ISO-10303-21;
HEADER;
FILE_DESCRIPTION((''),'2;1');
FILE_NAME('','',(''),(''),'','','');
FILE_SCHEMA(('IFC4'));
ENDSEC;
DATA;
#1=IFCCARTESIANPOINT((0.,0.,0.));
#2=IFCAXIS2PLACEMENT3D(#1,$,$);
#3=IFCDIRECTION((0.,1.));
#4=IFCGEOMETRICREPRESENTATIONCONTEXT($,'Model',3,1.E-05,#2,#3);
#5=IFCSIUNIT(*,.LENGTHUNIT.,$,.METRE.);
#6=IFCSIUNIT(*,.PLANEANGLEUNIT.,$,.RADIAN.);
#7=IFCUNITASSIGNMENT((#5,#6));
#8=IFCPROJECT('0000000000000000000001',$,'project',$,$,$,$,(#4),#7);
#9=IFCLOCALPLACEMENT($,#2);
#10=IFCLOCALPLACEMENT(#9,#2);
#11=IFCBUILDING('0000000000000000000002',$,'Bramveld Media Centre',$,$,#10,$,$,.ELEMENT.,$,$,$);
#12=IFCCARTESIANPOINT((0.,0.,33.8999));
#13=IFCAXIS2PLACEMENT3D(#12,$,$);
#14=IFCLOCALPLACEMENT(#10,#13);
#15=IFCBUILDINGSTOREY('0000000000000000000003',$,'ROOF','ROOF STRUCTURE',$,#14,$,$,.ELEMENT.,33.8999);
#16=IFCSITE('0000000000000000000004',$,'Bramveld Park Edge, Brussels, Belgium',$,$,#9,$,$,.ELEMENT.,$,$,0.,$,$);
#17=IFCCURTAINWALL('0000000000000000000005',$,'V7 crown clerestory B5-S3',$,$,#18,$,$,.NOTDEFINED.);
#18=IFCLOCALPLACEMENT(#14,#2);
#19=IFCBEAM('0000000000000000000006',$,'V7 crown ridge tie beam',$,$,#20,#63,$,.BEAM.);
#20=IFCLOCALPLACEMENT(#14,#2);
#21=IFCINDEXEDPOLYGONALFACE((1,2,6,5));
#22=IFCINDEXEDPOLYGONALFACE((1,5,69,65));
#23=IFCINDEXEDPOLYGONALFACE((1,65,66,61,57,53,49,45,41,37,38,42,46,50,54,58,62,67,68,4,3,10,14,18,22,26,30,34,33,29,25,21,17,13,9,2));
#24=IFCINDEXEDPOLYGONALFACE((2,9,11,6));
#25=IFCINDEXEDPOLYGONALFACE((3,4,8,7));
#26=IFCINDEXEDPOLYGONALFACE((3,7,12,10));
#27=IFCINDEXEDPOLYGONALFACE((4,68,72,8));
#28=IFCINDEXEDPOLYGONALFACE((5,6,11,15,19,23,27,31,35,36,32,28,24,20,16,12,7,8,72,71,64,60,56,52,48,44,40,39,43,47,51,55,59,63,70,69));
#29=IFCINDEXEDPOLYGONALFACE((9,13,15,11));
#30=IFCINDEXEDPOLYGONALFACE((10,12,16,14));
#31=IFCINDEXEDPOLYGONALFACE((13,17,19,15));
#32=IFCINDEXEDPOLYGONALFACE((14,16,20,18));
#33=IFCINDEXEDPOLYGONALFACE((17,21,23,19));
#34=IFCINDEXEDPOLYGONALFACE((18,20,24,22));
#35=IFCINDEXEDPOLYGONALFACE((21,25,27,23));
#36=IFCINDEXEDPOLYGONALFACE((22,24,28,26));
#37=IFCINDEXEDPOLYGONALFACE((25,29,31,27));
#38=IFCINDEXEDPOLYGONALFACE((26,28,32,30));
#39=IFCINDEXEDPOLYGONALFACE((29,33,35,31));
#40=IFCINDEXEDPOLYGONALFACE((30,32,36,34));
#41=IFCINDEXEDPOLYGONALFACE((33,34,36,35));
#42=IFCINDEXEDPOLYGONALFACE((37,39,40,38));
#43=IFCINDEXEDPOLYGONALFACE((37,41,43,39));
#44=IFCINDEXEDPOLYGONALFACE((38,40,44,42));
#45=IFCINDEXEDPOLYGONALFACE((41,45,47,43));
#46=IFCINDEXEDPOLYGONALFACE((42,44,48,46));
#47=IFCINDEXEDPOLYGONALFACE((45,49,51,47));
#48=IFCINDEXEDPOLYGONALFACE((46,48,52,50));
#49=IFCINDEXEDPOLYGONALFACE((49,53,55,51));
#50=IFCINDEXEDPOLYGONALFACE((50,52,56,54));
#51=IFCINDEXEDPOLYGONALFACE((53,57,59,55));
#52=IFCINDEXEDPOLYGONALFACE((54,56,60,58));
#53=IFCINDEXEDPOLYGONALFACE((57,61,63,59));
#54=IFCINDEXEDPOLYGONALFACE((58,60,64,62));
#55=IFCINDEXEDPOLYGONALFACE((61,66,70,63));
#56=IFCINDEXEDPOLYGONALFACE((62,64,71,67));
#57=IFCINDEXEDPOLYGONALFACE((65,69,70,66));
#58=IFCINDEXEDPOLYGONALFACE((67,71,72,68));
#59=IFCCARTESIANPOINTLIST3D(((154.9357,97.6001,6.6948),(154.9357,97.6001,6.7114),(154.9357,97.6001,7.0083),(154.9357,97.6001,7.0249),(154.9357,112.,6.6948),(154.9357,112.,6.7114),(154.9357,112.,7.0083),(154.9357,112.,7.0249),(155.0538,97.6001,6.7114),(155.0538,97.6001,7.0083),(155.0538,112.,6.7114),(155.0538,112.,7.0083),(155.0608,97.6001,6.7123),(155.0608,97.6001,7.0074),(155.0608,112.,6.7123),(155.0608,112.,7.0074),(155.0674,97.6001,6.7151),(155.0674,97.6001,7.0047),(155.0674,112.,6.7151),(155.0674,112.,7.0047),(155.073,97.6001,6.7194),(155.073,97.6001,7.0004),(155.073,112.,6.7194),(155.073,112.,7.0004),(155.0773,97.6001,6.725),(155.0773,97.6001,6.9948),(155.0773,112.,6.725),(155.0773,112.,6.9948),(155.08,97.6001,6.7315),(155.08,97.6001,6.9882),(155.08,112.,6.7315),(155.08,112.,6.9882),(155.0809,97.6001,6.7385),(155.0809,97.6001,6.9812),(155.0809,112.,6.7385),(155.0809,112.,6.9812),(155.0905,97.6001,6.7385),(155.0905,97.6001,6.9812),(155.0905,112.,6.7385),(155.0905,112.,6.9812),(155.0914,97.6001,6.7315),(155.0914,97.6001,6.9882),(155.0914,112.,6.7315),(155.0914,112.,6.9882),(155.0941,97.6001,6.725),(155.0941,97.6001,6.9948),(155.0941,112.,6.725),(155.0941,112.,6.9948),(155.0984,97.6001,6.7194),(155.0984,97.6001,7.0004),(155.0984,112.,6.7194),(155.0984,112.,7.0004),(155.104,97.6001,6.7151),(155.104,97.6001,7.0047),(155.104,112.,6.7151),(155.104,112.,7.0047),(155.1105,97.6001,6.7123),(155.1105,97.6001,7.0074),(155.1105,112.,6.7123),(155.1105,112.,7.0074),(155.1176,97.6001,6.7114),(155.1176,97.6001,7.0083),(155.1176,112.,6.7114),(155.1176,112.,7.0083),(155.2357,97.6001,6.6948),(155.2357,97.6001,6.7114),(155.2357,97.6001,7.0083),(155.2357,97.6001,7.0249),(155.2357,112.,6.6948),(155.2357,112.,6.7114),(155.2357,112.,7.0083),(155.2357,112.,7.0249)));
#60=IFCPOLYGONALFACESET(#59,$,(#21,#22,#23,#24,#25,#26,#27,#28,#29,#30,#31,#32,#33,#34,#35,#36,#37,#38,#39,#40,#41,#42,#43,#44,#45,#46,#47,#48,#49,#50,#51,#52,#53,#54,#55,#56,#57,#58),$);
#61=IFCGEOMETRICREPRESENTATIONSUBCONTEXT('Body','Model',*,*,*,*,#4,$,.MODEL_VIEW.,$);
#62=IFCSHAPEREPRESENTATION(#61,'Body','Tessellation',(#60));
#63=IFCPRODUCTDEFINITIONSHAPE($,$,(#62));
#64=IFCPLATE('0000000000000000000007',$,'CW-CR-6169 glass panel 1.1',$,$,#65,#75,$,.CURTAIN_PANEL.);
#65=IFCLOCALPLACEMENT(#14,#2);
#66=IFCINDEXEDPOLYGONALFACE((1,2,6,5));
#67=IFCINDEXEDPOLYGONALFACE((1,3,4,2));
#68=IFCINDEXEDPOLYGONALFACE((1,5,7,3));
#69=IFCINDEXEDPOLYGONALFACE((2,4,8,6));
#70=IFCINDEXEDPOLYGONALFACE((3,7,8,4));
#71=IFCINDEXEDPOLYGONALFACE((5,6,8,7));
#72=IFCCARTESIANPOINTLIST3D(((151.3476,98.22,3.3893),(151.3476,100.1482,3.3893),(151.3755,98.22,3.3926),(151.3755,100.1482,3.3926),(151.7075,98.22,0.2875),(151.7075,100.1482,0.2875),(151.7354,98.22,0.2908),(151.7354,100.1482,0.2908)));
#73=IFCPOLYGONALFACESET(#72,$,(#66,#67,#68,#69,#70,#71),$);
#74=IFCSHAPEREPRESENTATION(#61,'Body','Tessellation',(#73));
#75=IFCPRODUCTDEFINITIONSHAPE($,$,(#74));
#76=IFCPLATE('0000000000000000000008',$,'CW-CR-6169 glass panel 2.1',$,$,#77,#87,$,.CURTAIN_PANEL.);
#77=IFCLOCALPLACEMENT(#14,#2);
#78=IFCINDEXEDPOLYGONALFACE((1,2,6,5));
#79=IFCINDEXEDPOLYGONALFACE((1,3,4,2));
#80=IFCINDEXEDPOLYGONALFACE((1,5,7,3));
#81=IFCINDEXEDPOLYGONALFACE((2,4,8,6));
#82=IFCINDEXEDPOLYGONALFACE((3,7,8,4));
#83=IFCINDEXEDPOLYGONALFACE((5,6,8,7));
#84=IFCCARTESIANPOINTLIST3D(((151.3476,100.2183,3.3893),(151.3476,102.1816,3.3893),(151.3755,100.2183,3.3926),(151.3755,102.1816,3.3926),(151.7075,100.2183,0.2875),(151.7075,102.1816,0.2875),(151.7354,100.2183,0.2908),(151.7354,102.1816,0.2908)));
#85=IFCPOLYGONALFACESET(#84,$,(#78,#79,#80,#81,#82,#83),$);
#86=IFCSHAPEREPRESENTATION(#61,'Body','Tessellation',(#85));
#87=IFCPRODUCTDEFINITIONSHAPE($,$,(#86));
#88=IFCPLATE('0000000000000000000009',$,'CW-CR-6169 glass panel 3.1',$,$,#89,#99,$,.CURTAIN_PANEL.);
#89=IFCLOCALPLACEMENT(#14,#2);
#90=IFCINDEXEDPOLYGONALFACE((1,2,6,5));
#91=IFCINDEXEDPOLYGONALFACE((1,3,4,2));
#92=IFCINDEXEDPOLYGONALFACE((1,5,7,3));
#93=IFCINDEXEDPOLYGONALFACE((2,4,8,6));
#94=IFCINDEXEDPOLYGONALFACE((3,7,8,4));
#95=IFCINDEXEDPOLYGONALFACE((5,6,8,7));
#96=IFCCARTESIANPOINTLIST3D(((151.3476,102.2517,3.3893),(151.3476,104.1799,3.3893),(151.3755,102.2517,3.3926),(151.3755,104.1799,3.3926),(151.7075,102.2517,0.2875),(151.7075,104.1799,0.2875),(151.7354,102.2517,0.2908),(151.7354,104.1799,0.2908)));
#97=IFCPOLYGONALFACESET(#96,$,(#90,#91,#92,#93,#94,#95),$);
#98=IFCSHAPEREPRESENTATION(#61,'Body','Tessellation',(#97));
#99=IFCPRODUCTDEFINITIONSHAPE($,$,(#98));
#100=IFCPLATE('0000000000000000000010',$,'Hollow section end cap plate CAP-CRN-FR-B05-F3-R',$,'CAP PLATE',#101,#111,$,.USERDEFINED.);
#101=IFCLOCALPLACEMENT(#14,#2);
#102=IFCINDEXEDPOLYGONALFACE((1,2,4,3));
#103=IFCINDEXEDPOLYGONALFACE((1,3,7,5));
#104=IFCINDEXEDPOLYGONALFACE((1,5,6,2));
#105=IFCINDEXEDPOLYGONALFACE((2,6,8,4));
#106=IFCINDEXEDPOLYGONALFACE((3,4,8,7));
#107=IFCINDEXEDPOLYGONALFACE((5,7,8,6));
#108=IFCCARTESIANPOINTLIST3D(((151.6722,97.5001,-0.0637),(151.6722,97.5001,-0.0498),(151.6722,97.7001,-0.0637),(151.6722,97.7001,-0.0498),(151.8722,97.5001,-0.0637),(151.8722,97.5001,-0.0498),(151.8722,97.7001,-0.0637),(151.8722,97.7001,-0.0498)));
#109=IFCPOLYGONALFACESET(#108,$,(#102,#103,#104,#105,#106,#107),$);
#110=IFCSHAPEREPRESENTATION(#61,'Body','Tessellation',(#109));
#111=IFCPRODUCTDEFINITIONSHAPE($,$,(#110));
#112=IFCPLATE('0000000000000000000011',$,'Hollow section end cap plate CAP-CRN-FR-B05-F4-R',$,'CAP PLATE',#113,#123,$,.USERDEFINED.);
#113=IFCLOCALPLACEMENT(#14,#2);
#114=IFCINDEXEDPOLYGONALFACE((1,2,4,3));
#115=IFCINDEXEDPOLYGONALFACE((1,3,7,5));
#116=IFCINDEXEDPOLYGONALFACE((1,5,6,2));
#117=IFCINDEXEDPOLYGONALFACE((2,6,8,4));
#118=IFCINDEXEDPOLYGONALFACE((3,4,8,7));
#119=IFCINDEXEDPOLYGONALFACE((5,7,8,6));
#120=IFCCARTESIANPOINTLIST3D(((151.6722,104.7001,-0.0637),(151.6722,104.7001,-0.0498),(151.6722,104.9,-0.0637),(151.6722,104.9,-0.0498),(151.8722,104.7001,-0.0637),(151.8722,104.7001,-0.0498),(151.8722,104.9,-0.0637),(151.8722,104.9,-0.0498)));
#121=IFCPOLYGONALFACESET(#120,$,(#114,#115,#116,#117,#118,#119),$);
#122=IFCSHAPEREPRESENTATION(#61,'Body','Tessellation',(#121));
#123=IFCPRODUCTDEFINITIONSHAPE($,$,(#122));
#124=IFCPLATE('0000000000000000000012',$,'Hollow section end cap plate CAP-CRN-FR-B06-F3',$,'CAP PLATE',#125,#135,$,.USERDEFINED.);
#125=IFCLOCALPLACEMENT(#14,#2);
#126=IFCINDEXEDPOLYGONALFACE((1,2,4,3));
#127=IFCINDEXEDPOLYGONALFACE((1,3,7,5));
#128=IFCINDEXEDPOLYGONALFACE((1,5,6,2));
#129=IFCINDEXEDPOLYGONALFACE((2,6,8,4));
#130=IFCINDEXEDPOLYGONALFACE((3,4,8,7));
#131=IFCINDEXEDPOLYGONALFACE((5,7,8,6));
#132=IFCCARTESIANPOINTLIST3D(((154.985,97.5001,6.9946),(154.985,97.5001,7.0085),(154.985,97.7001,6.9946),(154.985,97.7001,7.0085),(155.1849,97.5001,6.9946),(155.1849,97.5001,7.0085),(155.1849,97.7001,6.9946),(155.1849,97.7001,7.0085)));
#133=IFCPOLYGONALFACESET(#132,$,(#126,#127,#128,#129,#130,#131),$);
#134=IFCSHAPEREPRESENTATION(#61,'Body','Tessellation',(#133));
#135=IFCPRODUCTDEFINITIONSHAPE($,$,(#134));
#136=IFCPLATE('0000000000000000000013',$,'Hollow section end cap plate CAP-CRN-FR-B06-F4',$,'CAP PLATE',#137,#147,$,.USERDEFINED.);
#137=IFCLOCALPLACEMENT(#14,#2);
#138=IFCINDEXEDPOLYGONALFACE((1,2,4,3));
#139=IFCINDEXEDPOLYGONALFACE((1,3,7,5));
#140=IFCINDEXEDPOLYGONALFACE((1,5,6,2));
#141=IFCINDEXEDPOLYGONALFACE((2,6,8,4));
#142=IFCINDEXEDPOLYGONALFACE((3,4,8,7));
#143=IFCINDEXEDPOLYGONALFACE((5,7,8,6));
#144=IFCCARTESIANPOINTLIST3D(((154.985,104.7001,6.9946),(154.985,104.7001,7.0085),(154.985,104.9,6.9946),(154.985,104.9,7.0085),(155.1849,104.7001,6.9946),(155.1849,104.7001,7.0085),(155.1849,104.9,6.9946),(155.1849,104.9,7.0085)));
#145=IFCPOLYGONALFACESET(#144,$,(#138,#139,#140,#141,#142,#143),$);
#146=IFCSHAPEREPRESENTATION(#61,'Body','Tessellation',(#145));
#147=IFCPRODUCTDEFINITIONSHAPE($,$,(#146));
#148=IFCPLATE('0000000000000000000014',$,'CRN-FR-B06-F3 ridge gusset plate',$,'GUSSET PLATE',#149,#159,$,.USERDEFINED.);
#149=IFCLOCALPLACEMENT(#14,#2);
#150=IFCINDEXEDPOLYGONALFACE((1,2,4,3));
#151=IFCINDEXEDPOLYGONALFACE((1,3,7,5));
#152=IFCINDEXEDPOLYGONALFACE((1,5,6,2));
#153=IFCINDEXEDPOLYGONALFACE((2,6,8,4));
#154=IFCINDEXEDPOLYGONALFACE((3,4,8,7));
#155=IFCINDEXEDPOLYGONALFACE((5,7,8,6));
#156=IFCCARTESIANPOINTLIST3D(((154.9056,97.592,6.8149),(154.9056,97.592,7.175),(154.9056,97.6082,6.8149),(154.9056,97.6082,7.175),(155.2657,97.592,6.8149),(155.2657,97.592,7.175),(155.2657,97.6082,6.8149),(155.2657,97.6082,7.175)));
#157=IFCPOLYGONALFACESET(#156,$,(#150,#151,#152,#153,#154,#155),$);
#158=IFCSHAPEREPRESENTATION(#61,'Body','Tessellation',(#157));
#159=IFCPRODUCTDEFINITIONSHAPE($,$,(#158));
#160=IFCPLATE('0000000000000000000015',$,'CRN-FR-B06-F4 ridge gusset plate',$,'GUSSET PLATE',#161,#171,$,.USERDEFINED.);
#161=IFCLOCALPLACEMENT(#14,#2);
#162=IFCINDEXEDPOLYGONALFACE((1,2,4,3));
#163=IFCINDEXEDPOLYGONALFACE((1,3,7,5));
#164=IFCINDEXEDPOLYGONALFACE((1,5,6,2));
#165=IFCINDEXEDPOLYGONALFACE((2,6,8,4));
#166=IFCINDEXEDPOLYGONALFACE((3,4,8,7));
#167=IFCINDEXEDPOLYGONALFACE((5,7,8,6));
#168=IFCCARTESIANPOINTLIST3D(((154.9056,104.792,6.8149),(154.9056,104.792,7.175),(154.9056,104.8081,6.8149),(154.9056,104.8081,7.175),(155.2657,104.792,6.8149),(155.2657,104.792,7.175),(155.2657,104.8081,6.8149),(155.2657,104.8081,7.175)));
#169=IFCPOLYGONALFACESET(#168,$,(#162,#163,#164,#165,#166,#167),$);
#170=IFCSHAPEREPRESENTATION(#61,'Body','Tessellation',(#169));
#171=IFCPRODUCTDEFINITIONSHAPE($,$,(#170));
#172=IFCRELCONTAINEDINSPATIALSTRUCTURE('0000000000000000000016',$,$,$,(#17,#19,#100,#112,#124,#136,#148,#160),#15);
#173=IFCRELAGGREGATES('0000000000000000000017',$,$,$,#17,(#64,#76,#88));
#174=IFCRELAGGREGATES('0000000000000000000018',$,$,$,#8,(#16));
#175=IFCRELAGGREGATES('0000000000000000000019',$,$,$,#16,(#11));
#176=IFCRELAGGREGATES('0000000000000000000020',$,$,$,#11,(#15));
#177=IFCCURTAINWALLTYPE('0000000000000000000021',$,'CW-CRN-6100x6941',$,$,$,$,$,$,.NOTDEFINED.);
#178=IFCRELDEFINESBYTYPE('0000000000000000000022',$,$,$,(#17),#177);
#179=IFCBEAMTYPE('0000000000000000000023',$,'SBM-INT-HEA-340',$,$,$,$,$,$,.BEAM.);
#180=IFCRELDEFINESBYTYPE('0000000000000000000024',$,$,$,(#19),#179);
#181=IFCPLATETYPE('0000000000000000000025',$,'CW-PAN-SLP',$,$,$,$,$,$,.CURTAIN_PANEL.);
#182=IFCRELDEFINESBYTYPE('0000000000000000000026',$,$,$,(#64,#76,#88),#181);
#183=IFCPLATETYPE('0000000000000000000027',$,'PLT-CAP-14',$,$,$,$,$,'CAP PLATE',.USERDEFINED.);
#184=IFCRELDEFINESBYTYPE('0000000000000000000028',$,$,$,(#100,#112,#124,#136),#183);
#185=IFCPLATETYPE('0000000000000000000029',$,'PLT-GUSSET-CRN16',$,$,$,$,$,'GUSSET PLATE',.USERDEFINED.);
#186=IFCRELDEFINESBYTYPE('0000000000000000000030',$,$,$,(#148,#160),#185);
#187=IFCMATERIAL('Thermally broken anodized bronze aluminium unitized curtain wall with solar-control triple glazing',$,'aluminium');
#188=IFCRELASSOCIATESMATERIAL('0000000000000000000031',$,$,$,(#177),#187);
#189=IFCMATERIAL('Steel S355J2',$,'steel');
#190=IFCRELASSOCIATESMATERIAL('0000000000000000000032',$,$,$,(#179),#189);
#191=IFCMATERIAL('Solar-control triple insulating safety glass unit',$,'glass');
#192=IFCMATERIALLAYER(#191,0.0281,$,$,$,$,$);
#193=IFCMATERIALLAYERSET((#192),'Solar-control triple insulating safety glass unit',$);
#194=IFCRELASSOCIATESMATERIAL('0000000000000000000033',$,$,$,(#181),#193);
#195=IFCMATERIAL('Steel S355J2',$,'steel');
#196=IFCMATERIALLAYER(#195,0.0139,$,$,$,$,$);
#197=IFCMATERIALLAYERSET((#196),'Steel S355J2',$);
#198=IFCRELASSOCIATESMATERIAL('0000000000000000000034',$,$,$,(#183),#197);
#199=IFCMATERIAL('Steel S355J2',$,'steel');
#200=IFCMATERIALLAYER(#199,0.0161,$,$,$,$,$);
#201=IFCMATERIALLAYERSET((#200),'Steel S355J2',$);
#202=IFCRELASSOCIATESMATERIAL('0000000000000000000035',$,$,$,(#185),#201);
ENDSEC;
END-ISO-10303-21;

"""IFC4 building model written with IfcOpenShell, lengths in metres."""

from ifc_helpers import new_model, si_unit, direction, frame, origin, origin_2d, place, context, subcontext, project, spatial, polyline, rectangle, i_section, outline, extrude, material, layer, layer_set, material_profile, profile_set, type_object, element, aggregate, save


model = new_model("IFC4")

# Units and contexts
model_context = context("Model", 3, precision=1e-05, world=origin(), true_north=direction((0.0, 1.0)))
body_context = subcontext(model_context, "Body", "Model", "MODEL_VIEW")
ifc_project = project(units=[si_unit("LENGTHUNIT", "METRE"), si_unit("PLANEANGLEUNIT", "RADIAN")], contexts=[model_context])

# Site, building, storey
site_placement = place(None, origin())
site = spatial("IfcSite", under=ifc_project, at=site_placement, Name="Bramveld Park Edge, Brussels, Belgium", CompositionType="ELEMENT", RefElevation=0.0)
building_placement = place(site_placement, origin())
building = spatial("IfcBuilding", under=site, at=building_placement, Name="Bramveld Media Centre", CompositionType="ELEMENT")
storey_placement = place(building_placement, frame((0.0, 0.0, 33.8999)))
storey = spatial("IfcBuildingStorey", under=building, at=storey_placement, Name="ROOF", Description="ROOF STRUCTURE", CompositionType="ELEMENT", Elevation=33.8999)

# Curtain wall
ifc_material_1 = material(Name="Thermally broken anodized bronze aluminium unitized curtain wall with solar-control triple glazing", Category="aluminium")
curtain_wall_type = type_object("IfcCurtainWallType", Name="CW-CRN-6100x6941", PredefinedType="NOTDEFINED", material=ifc_material_1)
curtain_wall_placement = place(storey_placement, origin())
curtain_wall = element("IfcCurtainWall", 1, at=curtain_wall_placement, inside=storey, type_object=curtain_wall_type, Name="V7 crown clerestory B5-S3", PredefinedType="NOTDEFINED")

# Beam
ifc_material_2 = material(Name="Steel S355J2", Category="steel")
ifc_material_profile_1 = material_profile(ifc_material_2, i_section(OverallWidth=0.3, OverallDepth=0.3301, WebThickness=0.0095, FlangeThickness=0.0166, FilletRadius=0.0271, at=origin_2d()), Name="HEA 340")
ifc_profile_set_1 = profile_set([ifc_material_profile_1], Name="Steel S355J2")
beam_type = type_object("IfcBeamType", Name="SBM-INT-HEA-340", PredefinedType="BEAM", material=ifc_profile_set_1)
beam_placement = place(storey_placement, frame((155.0857, 97.6001, 6.8599), z_axis=(0.0, 1.0, 0.0), x_axis=(-1.0, 0.0, 0.0)))
element("IfcBeam", 2, at=beam_placement, inside=storey, type_object=beam_type, Name="V7 crown ridge tie beam", PredefinedType="BEAM", context=body_context, shape_type="SweptSolid", body=[
    extrude(i_section(OverallWidth=0.3, OverallDepth=0.3301, WebThickness=0.0095, FlangeThickness=0.0166, FilletRadius=0.0271, at=origin_2d()), origin(), (0.0, 0.0, 1.0), 14.3999),
])

# Plates
ifc_material_3 = material(Name="Solar-control triple insulating safety glass unit", Category="glass")
ifc_layer_1 = layer(ifc_material_3, 0.0281)
ifc_layer_set_1 = layer_set([ifc_layer_1], Name="Solar-control triple insulating safety glass unit")
plate_type_1 = type_object("IfcPlateType", Name="CW-PAN-SLP", PredefinedType="CURTAIN_PANEL", material=ifc_layer_set_1)
plate_1_placement = place(storey_placement, frame((151.7354, 98.22, 0.2908), z_axis=(0.993337, 0.0, 0.115244), x_axis=(0.0, 1.0, 0.0)))
plate_1 = element("IfcPlate", 3, at=plate_1_placement, type_object=plate_type_1, Name="CW-CR-6169 glass panel 1.1", PredefinedType="CURTAIN_PANEL", context=body_context, shape_type="SweptSolid", body=[
    extrude(outline(polyline([(0.0, 0.0), (1.9282, 0.0), (1.9282, 3.1226), (0.0, 3.1226), (0.0, 0.0)])), origin(), (0.0, 0.0, -1.0), 0.0281),
])
plate_2_placement = place(storey_placement, frame((151.7354, 100.2183, 0.2908), z_axis=(0.993337, 0.0, 0.115244), x_axis=(0.0, 1.0, 0.0)))
plate_2 = element("IfcPlate", 4, at=plate_2_placement, type_object=plate_type_1, Name="CW-CR-6169 glass panel 2.1", PredefinedType="CURTAIN_PANEL", context=body_context, shape_type="SweptSolid", body=[
    extrude(outline(polyline([(0.0, 0.0), (1.9634, 0.0), (1.9634, 3.1226), (0.0, 3.1226), (0.0, 0.0)])), origin(), (0.0, 0.0, -1.0), 0.0281),
])
plate_3_placement = place(storey_placement, frame((151.7354, 102.2517, 0.2908), z_axis=(0.993337, 0.0, 0.115244), x_axis=(0.0, 1.0, 0.0)))
plate_3 = element("IfcPlate", 5, at=plate_3_placement, type_object=plate_type_1, Name="CW-CR-6169 glass panel 3.1", PredefinedType="CURTAIN_PANEL", context=body_context, shape_type="SweptSolid", body=[
    extrude(outline(polyline([(0.0, 0.0), (1.9282, 0.0), (1.9282, 3.1226), (0.0, 3.1226), (0.0, 0.0)])), origin(), (0.0, 0.0, -1.0), 0.0281),
])
aggregate(curtain_wall, [plate_1, plate_2, plate_3])

# Plates
ifc_material_4 = material(Name="Steel S355J2", Category="steel")
ifc_layer_2 = layer(ifc_material_4, 0.0139)
ifc_layer_set_2 = layer_set([ifc_layer_2], Name="Steel S355J2")
plate_type_2 = type_object("IfcPlateType", Name="PLT-CAP-14", ElementType="CAP PLATE", PredefinedType="USERDEFINED", material=ifc_layer_set_2)
for number, where, z_axis, x_axis, name in (
    (6, (151.7722, 97.6001, -0.0498), (0.0, 0.0, -1.0), (1.0, 0.0, 0.0), "Hollow section end cap plate CAP-CRN-FR-B05-F3-R"),
    (7, (151.7722, 104.8, -0.0498), (0.0, 0.0, -1.0), (1.0, 0.0, 0.0), "Hollow section end cap plate CAP-CRN-FR-B05-F4-R"),
    (8, (155.085, 97.6001, 6.9946), (0.0, 0.0, 1.0), (1.0, 0.0, 0.0), "Hollow section end cap plate CAP-CRN-FR-B06-F3"),
    (9, (155.085, 104.8, 6.9946), (0.0, 0.0, 1.0), (1.0, 0.0, 0.0), "Hollow section end cap plate CAP-CRN-FR-B06-F4"),
):
    element("IfcPlate", number, at=place(storey_placement, frame(where, z_axis=z_axis, x_axis=x_axis)), inside=storey, type_object=plate_type_2, Name=name, ObjectType="CAP PLATE", PredefinedType="USERDEFINED", context=body_context, shape_type="SweptSolid", body=[
        extrude(rectangle(XDim=0.2, YDim=0.2, at=origin_2d()), origin(), (0.0, 0.0, 1.0), 0.0139),
    ])
ifc_material_5 = material(Name="Steel S355J2", Category="steel")
ifc_layer_3 = layer(ifc_material_5, 0.0161)
ifc_layer_set_3 = layer_set([ifc_layer_3], Name="Steel S355J2")
plate_type_3 = type_object("IfcPlateType", Name="PLT-GUSSET-CRN16", ElementType="GUSSET PLATE", PredefinedType="USERDEFINED", material=ifc_layer_set_3)
for number, where, z_axis, x_axis, name in (
    (10, (155.0857, 97.6001, 6.8149), (0.0, 0.0, 1.0), (1.0, 0.0, 0.0), "CRN-FR-B06-F3 ridge gusset plate"),
    (11, (155.0857, 104.8, 6.8149), (0.0, 0.0, 1.0), (1.0, 0.0, 0.0), "CRN-FR-B06-F4 ridge gusset plate"),
):
    element("IfcPlate", number, at=place(storey_placement, frame(where, z_axis=z_axis, x_axis=x_axis)), inside=storey, type_object=plate_type_3, Name=name, ObjectType="GUSSET PLATE", PredefinedType="USERDEFINED", context=body_context, shape_type="SweptSolid", body=[
        extrude(rectangle(XDim=0.3601, YDim=0.0161, at=origin_2d()), origin(), (0.0, 0.0, 1.0), 0.3601),
    ])

save(model, "model.ifc")
